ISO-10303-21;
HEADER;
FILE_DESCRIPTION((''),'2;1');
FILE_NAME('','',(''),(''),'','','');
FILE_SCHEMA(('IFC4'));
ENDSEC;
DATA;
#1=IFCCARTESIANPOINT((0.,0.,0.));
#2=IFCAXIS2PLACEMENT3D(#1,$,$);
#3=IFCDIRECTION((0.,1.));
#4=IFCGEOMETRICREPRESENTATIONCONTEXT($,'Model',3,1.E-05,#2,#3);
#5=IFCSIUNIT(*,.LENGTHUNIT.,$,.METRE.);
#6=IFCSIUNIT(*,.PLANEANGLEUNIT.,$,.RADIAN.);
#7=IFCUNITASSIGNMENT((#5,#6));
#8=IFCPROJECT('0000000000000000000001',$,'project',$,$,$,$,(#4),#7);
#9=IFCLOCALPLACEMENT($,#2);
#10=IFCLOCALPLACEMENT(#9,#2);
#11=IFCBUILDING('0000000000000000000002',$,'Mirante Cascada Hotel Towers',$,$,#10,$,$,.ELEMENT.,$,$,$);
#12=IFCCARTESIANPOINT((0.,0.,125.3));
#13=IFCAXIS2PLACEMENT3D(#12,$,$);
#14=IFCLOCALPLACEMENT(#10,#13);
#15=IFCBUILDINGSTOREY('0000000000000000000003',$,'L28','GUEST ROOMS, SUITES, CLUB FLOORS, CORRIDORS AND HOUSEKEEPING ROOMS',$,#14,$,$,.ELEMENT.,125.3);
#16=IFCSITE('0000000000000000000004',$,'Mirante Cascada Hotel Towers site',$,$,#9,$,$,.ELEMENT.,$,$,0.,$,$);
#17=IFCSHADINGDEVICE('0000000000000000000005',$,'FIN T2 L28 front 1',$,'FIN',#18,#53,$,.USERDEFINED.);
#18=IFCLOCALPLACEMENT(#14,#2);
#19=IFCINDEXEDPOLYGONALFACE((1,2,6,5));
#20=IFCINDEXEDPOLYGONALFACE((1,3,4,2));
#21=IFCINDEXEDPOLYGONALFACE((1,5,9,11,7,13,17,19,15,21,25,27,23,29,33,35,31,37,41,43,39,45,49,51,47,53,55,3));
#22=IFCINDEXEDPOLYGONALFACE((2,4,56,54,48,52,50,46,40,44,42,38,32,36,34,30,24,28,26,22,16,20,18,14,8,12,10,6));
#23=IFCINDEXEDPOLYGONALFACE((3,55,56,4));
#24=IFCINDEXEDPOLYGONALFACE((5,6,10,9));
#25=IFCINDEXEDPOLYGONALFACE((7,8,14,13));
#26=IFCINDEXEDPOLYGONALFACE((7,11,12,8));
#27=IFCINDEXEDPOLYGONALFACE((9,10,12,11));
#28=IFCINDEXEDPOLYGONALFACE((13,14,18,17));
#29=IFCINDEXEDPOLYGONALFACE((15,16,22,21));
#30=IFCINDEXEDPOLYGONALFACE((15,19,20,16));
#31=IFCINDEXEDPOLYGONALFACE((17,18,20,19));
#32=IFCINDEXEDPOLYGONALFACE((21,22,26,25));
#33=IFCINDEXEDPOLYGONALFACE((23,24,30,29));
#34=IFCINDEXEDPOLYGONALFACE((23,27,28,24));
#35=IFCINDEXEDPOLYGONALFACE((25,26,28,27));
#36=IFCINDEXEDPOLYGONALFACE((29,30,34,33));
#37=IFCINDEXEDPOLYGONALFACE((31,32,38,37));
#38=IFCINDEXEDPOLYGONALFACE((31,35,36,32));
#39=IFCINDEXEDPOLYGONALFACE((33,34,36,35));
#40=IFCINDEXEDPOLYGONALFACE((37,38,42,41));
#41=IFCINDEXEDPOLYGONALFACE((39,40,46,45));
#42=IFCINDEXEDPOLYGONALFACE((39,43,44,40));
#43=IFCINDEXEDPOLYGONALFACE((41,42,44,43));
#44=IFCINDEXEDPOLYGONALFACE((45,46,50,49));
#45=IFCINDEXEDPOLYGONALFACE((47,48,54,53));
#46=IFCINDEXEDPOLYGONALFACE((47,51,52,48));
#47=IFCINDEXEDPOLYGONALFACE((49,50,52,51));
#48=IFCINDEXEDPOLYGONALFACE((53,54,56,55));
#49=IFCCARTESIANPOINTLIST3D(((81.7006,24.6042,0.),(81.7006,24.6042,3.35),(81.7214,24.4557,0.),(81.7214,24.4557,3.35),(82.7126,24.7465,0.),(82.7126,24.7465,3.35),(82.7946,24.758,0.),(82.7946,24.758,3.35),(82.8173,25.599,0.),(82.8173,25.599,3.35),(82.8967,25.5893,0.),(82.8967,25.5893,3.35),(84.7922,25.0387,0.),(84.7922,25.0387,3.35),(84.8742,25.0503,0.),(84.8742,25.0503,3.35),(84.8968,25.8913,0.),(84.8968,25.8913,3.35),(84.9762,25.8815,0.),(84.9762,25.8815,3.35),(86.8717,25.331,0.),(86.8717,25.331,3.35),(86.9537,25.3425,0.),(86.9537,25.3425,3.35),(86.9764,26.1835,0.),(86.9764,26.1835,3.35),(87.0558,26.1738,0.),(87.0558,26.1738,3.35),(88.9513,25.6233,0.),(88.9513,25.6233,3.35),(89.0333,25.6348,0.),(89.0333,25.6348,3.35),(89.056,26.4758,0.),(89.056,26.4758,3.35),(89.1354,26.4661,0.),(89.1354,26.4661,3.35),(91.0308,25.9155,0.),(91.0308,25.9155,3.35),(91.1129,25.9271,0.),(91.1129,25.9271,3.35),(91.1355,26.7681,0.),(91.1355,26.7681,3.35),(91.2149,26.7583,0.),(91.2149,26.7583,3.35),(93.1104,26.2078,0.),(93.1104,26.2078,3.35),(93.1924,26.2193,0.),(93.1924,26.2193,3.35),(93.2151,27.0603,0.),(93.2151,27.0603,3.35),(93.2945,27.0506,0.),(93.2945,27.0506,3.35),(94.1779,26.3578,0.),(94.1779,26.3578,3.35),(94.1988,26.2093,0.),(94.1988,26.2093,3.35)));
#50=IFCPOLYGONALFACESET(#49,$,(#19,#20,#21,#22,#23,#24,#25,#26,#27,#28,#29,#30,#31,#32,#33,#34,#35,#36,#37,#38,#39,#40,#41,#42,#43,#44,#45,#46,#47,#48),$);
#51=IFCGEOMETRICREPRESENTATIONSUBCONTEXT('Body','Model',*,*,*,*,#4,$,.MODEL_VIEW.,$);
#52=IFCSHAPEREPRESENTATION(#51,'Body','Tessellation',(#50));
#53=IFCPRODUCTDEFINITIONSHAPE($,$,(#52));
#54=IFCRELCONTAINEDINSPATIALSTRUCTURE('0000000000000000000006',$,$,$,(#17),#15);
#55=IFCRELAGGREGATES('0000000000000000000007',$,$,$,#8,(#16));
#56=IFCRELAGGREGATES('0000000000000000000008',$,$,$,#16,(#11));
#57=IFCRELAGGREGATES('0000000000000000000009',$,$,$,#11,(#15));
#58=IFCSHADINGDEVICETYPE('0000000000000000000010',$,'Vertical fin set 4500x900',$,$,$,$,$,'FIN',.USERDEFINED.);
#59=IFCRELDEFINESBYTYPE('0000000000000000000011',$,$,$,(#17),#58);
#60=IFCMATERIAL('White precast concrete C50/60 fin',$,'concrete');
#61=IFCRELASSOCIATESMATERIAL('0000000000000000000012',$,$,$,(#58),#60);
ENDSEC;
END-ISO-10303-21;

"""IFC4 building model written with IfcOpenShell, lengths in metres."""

from ifc_helpers import new_model, si_unit, direction, frame, origin, place, context, subcontext, project, spatial, polyline, outline, extrude, material, type_object, element, save


model = new_model("IFC4")

# Units and contexts
model_context = context("Model", 3, precision=1e-05, world=origin(), true_north=direction((0.0, 1.0)))
body_context = subcontext(model_context, "Body", "Model", "MODEL_VIEW")
ifc_project = project(units=[si_unit("LENGTHUNIT", "METRE"), si_unit("PLANEANGLEUNIT", "RADIAN")], contexts=[model_context])

# Site, building, storey
site_placement = place(None, origin())
site = spatial("IfcSite", under=ifc_project, at=site_placement, Name="Mirante Cascada Hotel Towers site", CompositionType="ELEMENT", RefElevation=0.0)
building_placement = place(site_placement, origin())
building = spatial("IfcBuilding", under=site, at=building_placement, Name="Mirante Cascada Hotel Towers", CompositionType="ELEMENT")
storey_placement = place(building_placement, frame((0.0, 0.0, 125.3)))
storey = spatial("IfcBuildingStorey", under=building, at=storey_placement, Name="L28", Description="GUEST ROOMS, SUITES, CLUB FLOORS, CORRIDORS AND HOUSEKEEPING ROOMS", CompositionType="ELEMENT", Elevation=125.3)

# Shading device
ifc_material_1 = material(Name="White precast concrete C50/60 fin", Category="concrete")
shading_device_type = type_object("IfcShadingDeviceType", Name="Vertical fin set 4500x900", ElementType="FIN", PredefinedType="USERDEFINED", material=ifc_material_1)
shading_device_1_placement = place(storey_placement, origin())
element("IfcShadingDevice", 1, at=shading_device_1_placement, inside=storey, type_object=shading_device_type, Name="FIN T2 L28 front 1", ObjectType="FIN", PredefinedType="USERDEFINED", context=body_context, shape_type="SweptSolid", body=[
    extrude(outline(polyline([(82.8967, 25.5893), (82.7946, 24.758), (84.7922, 25.0387), (84.8968, 25.8913), (84.9762, 25.8815), (84.8742, 25.0503), (86.8717, 25.331), (86.9764, 26.1835), (87.0558, 26.1738), (86.9537, 25.3425), (88.9513, 25.6233), (89.056, 26.4758), (89.1354, 26.4661), (89.0333, 25.6348), (91.0308, 25.9155), (91.1355, 26.7681), (91.2149, 26.7583), (91.1129, 25.9271), (93.1104, 26.2078), (93.2151, 27.0603), (93.2945, 27.0506), (93.1924, 26.2193), (94.1779, 26.3578), (94.1988, 26.2093), (81.7214, 24.4557), (81.7006, 24.6042), (82.7126, 24.7465), (82.8173, 25.599), (82.8967, 25.5893)])), origin(), (0.0, 0.0, 1.0), 3.35),
])

save(model, "model.ifc")
